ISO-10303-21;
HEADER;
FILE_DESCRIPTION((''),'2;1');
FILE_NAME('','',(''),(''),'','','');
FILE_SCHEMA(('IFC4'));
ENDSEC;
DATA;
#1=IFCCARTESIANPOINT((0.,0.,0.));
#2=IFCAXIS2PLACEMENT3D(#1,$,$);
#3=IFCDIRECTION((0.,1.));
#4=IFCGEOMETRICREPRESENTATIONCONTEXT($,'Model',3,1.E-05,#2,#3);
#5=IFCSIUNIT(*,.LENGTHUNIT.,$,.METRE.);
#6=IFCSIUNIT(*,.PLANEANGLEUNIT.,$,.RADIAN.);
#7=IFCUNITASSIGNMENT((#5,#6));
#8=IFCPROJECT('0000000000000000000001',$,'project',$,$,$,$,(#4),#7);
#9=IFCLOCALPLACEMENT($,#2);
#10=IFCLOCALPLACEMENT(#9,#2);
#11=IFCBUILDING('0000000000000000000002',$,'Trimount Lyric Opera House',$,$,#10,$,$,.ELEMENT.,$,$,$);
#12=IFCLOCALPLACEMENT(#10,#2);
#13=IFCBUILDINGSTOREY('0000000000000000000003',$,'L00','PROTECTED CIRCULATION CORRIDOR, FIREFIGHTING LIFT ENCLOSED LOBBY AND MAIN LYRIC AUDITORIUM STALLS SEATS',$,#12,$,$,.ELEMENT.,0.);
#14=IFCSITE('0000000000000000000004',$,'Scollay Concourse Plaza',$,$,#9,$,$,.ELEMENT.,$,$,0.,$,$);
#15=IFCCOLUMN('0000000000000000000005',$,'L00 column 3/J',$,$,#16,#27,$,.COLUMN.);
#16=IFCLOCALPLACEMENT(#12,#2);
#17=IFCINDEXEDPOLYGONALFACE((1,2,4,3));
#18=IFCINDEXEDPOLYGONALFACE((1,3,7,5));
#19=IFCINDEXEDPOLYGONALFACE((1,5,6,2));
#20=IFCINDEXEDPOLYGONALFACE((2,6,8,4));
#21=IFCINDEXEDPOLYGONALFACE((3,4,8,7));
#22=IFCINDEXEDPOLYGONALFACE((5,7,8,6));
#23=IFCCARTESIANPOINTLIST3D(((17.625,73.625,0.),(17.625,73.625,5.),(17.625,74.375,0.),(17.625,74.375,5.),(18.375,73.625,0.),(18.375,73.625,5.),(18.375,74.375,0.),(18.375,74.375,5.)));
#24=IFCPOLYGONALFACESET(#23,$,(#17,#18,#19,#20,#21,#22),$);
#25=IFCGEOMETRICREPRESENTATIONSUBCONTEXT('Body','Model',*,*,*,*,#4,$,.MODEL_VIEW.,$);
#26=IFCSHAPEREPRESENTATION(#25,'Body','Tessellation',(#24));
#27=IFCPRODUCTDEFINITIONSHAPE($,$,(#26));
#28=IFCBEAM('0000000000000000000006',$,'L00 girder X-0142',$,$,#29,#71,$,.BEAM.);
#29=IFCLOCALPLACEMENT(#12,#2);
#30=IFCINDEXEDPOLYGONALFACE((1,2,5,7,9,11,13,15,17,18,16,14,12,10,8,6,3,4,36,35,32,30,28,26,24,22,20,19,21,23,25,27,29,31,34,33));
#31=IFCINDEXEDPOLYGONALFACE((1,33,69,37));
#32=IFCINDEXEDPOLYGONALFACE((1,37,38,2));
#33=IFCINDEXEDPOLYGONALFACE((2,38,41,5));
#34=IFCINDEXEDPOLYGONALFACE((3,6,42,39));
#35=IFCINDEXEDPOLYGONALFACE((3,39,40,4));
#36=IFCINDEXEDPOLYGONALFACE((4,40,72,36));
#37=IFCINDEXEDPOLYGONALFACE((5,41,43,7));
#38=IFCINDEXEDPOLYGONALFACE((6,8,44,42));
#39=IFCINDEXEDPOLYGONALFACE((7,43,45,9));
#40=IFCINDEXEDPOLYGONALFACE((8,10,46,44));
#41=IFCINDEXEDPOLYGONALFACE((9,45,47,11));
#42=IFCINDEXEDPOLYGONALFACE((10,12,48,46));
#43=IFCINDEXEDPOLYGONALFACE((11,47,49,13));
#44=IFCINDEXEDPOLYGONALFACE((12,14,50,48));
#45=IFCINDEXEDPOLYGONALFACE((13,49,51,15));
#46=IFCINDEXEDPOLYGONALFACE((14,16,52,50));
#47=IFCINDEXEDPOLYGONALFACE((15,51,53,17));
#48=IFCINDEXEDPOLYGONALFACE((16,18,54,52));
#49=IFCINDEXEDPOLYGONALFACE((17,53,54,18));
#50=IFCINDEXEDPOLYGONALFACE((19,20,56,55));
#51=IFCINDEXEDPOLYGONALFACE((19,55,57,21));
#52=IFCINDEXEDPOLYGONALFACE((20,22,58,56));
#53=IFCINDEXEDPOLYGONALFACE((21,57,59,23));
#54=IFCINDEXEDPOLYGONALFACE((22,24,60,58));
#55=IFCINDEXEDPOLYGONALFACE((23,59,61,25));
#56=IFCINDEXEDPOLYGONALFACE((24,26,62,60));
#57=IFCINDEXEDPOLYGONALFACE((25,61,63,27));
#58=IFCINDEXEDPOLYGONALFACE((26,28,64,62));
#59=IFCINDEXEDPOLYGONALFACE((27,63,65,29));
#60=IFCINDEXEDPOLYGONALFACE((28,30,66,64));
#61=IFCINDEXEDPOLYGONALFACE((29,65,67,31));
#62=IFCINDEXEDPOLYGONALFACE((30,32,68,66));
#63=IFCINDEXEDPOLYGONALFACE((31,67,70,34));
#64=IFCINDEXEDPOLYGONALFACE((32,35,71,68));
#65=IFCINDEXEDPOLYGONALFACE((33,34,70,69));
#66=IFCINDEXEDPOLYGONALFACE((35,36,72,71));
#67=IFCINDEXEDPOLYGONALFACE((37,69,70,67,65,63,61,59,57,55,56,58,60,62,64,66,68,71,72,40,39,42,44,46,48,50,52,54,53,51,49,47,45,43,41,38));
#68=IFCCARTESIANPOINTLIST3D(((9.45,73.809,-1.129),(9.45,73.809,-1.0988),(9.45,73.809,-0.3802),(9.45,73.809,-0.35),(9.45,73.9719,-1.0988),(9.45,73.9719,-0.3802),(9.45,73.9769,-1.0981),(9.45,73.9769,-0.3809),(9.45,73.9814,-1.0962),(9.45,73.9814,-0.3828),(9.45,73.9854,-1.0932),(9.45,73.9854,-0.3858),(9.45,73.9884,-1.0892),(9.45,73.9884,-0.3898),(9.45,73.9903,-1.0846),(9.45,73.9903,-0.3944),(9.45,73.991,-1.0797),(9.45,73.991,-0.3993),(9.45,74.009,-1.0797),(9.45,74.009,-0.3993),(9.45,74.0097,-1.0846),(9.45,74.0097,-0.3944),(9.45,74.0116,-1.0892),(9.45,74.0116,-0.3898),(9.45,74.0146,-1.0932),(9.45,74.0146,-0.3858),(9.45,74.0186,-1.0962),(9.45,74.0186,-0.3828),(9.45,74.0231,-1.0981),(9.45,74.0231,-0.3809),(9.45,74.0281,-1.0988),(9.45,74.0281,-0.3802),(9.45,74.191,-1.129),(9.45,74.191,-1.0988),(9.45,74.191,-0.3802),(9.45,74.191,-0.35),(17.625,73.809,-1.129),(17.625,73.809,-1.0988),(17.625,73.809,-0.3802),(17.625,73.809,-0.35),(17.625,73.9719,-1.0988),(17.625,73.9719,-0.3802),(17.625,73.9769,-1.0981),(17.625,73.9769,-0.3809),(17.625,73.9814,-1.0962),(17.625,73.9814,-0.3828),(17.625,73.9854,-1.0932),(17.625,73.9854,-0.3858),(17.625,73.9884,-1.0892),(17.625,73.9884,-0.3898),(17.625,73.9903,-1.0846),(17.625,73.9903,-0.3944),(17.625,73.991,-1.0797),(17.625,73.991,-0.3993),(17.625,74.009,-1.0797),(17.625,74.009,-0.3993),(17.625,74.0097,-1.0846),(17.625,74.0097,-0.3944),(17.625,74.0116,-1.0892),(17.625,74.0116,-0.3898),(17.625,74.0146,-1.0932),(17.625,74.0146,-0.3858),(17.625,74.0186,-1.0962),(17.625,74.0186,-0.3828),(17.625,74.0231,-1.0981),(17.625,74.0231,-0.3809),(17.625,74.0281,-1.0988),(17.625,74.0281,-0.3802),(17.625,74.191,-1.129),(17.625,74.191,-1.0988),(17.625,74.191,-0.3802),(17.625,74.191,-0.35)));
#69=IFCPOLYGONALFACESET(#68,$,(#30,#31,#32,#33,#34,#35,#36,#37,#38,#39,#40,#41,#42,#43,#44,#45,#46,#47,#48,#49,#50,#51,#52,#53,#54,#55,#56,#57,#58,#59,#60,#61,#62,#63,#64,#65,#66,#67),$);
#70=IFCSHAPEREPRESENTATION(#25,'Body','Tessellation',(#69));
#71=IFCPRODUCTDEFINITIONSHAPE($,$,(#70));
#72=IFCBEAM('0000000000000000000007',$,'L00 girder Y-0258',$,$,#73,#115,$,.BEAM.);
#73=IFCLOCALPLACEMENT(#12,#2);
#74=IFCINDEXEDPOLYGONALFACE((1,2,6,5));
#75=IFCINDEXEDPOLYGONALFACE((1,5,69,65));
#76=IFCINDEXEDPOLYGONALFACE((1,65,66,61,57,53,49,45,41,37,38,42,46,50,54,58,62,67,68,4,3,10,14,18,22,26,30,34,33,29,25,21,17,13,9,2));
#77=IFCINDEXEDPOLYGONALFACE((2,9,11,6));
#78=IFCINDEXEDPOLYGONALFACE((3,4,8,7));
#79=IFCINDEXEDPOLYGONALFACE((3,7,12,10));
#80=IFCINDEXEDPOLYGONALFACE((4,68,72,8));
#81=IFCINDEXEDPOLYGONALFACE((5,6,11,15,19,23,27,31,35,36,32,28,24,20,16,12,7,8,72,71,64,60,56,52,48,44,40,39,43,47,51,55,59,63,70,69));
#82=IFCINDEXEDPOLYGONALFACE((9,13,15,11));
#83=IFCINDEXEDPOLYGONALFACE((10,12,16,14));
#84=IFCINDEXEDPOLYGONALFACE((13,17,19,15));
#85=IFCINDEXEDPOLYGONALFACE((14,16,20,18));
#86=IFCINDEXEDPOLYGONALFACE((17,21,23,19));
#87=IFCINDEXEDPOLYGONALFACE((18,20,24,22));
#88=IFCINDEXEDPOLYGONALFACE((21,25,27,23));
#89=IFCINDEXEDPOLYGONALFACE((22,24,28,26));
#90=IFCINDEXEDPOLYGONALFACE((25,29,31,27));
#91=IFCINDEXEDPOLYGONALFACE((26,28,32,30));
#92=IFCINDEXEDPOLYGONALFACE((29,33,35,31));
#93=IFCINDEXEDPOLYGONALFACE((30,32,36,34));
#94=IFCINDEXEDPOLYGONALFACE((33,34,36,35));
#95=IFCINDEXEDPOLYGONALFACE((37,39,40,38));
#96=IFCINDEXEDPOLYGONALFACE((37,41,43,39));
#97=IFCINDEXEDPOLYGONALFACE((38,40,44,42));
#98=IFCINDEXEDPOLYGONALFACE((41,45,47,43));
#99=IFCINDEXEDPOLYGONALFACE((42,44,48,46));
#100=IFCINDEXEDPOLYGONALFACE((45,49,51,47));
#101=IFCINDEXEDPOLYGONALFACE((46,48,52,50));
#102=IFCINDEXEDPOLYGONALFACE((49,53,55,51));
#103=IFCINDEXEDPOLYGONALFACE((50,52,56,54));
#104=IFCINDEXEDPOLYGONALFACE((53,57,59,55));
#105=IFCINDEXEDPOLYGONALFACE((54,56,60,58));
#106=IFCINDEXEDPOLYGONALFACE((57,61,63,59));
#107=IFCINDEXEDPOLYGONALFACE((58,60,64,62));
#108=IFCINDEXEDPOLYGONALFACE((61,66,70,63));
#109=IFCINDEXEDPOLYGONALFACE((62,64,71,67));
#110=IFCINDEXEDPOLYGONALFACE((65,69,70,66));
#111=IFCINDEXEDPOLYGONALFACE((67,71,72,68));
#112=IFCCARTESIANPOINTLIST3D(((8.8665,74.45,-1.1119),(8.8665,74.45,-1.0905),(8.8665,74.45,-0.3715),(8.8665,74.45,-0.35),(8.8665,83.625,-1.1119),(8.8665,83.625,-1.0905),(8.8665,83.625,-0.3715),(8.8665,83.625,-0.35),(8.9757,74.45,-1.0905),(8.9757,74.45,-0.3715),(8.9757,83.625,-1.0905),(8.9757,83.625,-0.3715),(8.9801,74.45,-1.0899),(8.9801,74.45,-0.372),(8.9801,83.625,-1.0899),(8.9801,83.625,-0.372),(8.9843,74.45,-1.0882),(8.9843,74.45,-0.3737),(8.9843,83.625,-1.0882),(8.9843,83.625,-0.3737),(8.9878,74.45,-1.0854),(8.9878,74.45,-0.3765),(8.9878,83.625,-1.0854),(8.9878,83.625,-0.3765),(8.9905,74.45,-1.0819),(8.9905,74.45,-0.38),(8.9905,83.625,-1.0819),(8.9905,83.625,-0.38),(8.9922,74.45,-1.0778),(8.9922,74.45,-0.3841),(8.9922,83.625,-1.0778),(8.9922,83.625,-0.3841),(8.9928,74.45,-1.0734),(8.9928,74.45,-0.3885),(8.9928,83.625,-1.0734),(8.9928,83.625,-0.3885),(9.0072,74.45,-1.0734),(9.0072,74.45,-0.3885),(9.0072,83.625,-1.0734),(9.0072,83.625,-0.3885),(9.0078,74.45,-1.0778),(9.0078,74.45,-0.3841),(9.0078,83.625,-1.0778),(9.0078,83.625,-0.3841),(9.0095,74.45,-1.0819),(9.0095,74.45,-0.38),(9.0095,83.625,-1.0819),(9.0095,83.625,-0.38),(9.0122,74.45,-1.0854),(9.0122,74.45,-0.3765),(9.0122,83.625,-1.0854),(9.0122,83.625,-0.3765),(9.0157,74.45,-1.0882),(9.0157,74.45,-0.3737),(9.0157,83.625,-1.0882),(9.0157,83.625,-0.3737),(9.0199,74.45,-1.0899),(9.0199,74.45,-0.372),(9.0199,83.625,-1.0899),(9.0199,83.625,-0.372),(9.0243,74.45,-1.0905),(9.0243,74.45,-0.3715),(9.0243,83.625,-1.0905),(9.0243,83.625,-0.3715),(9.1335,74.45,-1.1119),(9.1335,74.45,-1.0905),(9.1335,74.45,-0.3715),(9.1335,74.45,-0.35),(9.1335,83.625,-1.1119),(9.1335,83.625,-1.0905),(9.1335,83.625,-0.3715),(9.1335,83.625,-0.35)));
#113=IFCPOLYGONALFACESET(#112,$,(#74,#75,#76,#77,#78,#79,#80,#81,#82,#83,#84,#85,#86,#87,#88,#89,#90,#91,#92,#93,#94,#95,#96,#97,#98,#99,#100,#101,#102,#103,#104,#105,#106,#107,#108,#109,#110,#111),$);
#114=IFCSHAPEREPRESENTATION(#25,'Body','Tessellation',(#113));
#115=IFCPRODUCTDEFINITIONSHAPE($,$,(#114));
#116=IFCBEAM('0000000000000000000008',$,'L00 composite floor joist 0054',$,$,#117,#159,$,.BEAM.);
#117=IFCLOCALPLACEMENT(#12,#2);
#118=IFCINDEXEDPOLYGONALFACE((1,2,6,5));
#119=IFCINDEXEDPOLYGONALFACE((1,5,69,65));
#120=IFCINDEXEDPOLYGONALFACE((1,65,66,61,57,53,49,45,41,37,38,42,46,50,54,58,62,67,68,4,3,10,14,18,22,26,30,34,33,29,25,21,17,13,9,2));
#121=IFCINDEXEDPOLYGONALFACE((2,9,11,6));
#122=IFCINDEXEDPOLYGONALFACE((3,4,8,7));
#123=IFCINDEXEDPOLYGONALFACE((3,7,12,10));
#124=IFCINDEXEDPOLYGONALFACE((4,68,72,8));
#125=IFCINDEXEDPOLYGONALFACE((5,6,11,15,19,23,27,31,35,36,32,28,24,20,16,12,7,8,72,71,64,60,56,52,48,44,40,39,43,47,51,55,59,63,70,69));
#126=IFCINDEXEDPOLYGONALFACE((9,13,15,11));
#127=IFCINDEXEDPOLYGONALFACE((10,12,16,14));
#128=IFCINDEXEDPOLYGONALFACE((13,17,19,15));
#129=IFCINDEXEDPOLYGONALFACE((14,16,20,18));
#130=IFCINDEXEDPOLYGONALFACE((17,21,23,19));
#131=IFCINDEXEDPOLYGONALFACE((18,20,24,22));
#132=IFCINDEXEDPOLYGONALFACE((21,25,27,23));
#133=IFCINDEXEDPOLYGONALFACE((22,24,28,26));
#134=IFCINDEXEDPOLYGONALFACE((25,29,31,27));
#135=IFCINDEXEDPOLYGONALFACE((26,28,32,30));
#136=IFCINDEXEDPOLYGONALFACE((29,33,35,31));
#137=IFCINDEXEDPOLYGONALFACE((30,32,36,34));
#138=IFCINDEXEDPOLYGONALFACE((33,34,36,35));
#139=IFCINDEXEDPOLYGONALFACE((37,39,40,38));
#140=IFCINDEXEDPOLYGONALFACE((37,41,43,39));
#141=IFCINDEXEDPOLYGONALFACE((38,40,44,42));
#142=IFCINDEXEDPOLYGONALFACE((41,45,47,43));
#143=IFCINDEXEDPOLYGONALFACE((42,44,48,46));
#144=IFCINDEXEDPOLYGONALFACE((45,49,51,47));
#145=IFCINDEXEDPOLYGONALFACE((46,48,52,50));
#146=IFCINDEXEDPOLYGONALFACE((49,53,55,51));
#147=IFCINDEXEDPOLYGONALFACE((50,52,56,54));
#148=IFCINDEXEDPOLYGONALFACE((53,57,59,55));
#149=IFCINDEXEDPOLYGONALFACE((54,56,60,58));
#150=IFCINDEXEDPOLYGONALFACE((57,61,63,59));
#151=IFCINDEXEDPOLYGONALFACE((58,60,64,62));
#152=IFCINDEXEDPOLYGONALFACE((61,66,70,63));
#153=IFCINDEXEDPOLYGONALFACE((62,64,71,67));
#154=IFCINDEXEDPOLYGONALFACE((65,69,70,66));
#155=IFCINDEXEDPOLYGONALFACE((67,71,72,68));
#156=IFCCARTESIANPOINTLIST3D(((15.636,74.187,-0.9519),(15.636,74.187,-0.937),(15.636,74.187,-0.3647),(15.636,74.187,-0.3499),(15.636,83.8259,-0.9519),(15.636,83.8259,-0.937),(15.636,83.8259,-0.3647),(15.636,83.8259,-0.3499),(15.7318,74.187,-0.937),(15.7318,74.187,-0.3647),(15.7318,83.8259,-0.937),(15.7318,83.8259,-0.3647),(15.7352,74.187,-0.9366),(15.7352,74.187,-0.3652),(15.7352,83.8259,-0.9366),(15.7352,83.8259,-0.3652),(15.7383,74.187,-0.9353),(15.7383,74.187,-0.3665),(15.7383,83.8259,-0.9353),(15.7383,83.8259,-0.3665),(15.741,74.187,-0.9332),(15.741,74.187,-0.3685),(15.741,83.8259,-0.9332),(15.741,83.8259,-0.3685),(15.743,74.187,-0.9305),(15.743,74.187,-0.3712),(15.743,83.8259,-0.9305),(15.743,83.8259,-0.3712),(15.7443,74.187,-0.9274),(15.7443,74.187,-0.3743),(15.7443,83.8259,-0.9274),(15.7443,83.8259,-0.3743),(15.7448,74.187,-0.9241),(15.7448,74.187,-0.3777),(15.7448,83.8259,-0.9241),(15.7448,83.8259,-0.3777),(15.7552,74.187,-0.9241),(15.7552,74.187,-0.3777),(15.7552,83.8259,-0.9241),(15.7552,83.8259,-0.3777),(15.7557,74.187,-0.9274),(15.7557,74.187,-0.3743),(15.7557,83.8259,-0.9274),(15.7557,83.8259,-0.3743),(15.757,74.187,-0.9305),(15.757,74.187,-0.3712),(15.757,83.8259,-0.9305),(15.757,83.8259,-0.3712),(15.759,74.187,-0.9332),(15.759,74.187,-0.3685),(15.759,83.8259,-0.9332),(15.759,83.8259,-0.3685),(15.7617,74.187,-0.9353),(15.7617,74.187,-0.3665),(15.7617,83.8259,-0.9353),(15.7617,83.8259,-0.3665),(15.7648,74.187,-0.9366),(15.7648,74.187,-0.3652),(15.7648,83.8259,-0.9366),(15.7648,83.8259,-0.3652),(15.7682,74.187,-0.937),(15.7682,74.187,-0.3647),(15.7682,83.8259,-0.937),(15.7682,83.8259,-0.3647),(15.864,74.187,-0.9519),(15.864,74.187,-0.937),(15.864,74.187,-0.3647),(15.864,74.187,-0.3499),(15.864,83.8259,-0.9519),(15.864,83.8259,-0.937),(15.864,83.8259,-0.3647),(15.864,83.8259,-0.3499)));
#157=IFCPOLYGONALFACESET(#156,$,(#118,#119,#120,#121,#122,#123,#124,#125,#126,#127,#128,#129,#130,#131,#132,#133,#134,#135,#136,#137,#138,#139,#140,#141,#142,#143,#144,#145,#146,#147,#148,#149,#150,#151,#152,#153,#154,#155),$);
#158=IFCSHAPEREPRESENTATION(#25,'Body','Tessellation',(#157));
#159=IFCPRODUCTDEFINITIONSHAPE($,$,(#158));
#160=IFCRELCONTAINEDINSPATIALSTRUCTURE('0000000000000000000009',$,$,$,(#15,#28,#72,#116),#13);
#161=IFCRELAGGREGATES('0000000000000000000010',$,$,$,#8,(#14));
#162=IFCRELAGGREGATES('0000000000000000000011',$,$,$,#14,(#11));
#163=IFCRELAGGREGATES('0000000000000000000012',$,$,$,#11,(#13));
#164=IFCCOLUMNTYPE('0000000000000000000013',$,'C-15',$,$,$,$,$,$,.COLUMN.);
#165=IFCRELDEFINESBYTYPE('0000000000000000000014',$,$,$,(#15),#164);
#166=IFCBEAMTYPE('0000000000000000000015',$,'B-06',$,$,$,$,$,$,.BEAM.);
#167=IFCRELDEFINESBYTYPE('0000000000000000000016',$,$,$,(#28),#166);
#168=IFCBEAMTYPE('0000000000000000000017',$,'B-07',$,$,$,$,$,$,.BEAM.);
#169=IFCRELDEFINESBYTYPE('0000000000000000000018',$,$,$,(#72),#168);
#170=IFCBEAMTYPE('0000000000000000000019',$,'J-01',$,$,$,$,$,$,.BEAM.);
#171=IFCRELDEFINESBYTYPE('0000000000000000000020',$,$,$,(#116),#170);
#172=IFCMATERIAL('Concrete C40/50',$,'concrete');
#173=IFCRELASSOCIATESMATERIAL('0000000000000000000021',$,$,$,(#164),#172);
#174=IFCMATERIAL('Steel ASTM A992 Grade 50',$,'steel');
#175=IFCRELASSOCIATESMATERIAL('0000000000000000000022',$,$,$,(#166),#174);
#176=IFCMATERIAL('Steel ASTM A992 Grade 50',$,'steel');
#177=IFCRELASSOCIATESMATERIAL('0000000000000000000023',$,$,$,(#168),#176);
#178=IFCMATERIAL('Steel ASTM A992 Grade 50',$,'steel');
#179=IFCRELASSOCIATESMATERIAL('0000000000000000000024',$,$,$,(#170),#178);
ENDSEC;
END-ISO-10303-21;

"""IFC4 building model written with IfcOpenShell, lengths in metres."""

from ifc_helpers import new_model, si_unit, direction, frame, origin, origin_2d, place, context, subcontext, project, spatial, rectangle, i_section, extrude, material, material_profile, profile_set, type_object, element, save


model = new_model("IFC4")

# Units and contexts
model_context = context("Model", 3, precision=1e-05, world=origin(), true_north=direction((0.0, 1.0)))
body_context = subcontext(model_context, "Body", "Model", "MODEL_VIEW")
ifc_project = project(units=[si_unit("LENGTHUNIT", "METRE"), si_unit("PLANEANGLEUNIT", "RADIAN")], contexts=[model_context])

# Site, building, storey
site_placement = place(None, origin())
site = spatial("IfcSite", under=ifc_project, at=site_placement, Name="Scollay Concourse Plaza", CompositionType="ELEMENT", RefElevation=0.0)
building_placement = place(site_placement, origin())
building = spatial("IfcBuilding", under=site, at=building_placement, Name="Trimount Lyric Opera House", CompositionType="ELEMENT")
storey_placement = place(building_placement, origin())
storey = spatial("IfcBuildingStorey", under=building, at=storey_placement, Name="L00", Description="PROTECTED CIRCULATION CORRIDOR, FIREFIGHTING LIFT ENCLOSED LOBBY AND MAIN LYRIC AUDITORIUM STALLS SEATS", CompositionType="ELEMENT", Elevation=0.0)

# Column
ifc_material_1 = material(Name="Concrete C40/50", Category="concrete")
ifc_material_profile_1 = material_profile(ifc_material_1, rectangle(XDim=0.75, YDim=0.75, at=origin_2d()), Name="RC750X750")
ifc_profile_set_1 = profile_set([ifc_material_profile_1], Name="Concrete C40/50")
column_type = type_object("IfcColumnType", Name="C-15", PredefinedType="COLUMN", material=ifc_profile_set_1)
column_placement = place(storey_placement, frame((18.0, 74.0, 0.0), z_axis=(0.0, 0.0, 1.0), x_axis=(1.0, 0.0, 0.0)))
element("IfcColumn", 1, at=column_placement, inside=storey, type_object=column_type, Name="L00 column 3/J", PredefinedType="COLUMN", context=body_context, shape_type="SweptSolid", body=[
    extrude(rectangle(XDim=0.75, YDim=0.75, at=origin_2d()), origin(), (0.0, 0.0, 1.0), 5.0),
])

# Beams
ifc_material_2 = material(Name="Steel ASTM A992 Grade 50", Category="steel")
ifc_material_profile_2 = material_profile(ifc_material_2, i_section(OverallWidth=0.3821, OverallDepth=0.7791, WebThickness=0.0181, FlangeThickness=0.0303, FilletRadius=0.019, at=origin_2d()), Name="W30X191")
ifc_profile_set_2 = profile_set([ifc_material_profile_2], Name="Steel ASTM A992 Grade 50")
beam_type_1 = type_object("IfcBeamType", Name="B-06", PredefinedType="BEAM", material=ifc_profile_set_2)
beam_1_placement = place(storey_placement, frame((9.45, 74.0, -0.7395), z_axis=(1.0, 0.0, 0.0), x_axis=(0.0, 1.0, 0.0)))
element("IfcBeam", 2, at=beam_1_placement, inside=storey, type_object=beam_type_1, Name="L00 girder X-0142", PredefinedType="BEAM", context=body_context, shape_type="SweptSolid", body=[
    extrude(i_section(OverallWidth=0.3821, OverallDepth=0.7791, WebThickness=0.0181, FlangeThickness=0.0303, FilletRadius=0.019, at=origin_2d()), origin(), (0.0, 0.0, 1.0), 8.175),
])
ifc_material_3 = material(Name="Steel ASTM A992 Grade 50", Category="steel")
ifc_material_profile_3 = material_profile(ifc_material_3, i_section(OverallWidth=0.2671, OverallDepth=0.762, WebThickness=0.0144, FlangeThickness=0.0215, FilletRadius=0.0171, at=origin_2d()), Name="W30X116")
ifc_profile_set_3 = profile_set([ifc_material_profile_3], Name="Steel ASTM A992 Grade 50")
beam_type_2 = type_object("IfcBeamType", Name="B-07", PredefinedType="BEAM", material=ifc_profile_set_3)
beam_2_placement = place(storey_placement, frame((9.0, 74.45, -0.731), z_axis=(0.0, 1.0, 0.0), x_axis=(-1.0, 0.0, 0.0)))
element("IfcBeam", 3, at=beam_2_placement, inside=storey, type_object=beam_type_2, Name="L00 girder Y-0258", PredefinedType="BEAM", context=body_context, shape_type="SweptSolid", body=[
    extrude(i_section(OverallWidth=0.2671, OverallDepth=0.762, WebThickness=0.0144, FlangeThickness=0.0215, FilletRadius=0.0171, at=origin_2d()), origin(), (0.0, 0.0, 1.0), 9.175),
])
ifc_material_4 = material(Name="Steel ASTM A992 Grade 50", Category="steel")
ifc_material_profile_4 = material_profile(ifc_material_4, i_section(OverallWidth=0.228, OverallDepth=0.6021, WebThickness=0.0105, FlangeThickness=0.0149, FilletRadius=0.0129, at=origin_2d()), Name="W24X68")
ifc_profile_set_4 = profile_set([ifc_material_profile_4], Name="Steel ASTM A992 Grade 50")
beam_type_3 = type_object("IfcBeamType", Name="J-01", PredefinedType="BEAM", material=ifc_profile_set_4)
beam_3_placement = place(storey_placement, frame((15.75, 74.187, -0.6509), z_axis=(0.0, 1.0, 0.0), x_axis=(-1.0, 0.0, 0.0)))
element("IfcBeam", 4, at=beam_3_placement, inside=storey, type_object=beam_type_3, Name="L00 composite floor joist 0054", PredefinedType="BEAM", context=body_context, shape_type="SweptSolid", body=[
    extrude(i_section(OverallWidth=0.228, OverallDepth=0.6021, WebThickness=0.0105, FlangeThickness=0.0149, FilletRadius=0.0129, at=origin_2d()), origin(), (0.0, 0.0, 1.0), 9.6389),
])

save(model, "model.ifc")
